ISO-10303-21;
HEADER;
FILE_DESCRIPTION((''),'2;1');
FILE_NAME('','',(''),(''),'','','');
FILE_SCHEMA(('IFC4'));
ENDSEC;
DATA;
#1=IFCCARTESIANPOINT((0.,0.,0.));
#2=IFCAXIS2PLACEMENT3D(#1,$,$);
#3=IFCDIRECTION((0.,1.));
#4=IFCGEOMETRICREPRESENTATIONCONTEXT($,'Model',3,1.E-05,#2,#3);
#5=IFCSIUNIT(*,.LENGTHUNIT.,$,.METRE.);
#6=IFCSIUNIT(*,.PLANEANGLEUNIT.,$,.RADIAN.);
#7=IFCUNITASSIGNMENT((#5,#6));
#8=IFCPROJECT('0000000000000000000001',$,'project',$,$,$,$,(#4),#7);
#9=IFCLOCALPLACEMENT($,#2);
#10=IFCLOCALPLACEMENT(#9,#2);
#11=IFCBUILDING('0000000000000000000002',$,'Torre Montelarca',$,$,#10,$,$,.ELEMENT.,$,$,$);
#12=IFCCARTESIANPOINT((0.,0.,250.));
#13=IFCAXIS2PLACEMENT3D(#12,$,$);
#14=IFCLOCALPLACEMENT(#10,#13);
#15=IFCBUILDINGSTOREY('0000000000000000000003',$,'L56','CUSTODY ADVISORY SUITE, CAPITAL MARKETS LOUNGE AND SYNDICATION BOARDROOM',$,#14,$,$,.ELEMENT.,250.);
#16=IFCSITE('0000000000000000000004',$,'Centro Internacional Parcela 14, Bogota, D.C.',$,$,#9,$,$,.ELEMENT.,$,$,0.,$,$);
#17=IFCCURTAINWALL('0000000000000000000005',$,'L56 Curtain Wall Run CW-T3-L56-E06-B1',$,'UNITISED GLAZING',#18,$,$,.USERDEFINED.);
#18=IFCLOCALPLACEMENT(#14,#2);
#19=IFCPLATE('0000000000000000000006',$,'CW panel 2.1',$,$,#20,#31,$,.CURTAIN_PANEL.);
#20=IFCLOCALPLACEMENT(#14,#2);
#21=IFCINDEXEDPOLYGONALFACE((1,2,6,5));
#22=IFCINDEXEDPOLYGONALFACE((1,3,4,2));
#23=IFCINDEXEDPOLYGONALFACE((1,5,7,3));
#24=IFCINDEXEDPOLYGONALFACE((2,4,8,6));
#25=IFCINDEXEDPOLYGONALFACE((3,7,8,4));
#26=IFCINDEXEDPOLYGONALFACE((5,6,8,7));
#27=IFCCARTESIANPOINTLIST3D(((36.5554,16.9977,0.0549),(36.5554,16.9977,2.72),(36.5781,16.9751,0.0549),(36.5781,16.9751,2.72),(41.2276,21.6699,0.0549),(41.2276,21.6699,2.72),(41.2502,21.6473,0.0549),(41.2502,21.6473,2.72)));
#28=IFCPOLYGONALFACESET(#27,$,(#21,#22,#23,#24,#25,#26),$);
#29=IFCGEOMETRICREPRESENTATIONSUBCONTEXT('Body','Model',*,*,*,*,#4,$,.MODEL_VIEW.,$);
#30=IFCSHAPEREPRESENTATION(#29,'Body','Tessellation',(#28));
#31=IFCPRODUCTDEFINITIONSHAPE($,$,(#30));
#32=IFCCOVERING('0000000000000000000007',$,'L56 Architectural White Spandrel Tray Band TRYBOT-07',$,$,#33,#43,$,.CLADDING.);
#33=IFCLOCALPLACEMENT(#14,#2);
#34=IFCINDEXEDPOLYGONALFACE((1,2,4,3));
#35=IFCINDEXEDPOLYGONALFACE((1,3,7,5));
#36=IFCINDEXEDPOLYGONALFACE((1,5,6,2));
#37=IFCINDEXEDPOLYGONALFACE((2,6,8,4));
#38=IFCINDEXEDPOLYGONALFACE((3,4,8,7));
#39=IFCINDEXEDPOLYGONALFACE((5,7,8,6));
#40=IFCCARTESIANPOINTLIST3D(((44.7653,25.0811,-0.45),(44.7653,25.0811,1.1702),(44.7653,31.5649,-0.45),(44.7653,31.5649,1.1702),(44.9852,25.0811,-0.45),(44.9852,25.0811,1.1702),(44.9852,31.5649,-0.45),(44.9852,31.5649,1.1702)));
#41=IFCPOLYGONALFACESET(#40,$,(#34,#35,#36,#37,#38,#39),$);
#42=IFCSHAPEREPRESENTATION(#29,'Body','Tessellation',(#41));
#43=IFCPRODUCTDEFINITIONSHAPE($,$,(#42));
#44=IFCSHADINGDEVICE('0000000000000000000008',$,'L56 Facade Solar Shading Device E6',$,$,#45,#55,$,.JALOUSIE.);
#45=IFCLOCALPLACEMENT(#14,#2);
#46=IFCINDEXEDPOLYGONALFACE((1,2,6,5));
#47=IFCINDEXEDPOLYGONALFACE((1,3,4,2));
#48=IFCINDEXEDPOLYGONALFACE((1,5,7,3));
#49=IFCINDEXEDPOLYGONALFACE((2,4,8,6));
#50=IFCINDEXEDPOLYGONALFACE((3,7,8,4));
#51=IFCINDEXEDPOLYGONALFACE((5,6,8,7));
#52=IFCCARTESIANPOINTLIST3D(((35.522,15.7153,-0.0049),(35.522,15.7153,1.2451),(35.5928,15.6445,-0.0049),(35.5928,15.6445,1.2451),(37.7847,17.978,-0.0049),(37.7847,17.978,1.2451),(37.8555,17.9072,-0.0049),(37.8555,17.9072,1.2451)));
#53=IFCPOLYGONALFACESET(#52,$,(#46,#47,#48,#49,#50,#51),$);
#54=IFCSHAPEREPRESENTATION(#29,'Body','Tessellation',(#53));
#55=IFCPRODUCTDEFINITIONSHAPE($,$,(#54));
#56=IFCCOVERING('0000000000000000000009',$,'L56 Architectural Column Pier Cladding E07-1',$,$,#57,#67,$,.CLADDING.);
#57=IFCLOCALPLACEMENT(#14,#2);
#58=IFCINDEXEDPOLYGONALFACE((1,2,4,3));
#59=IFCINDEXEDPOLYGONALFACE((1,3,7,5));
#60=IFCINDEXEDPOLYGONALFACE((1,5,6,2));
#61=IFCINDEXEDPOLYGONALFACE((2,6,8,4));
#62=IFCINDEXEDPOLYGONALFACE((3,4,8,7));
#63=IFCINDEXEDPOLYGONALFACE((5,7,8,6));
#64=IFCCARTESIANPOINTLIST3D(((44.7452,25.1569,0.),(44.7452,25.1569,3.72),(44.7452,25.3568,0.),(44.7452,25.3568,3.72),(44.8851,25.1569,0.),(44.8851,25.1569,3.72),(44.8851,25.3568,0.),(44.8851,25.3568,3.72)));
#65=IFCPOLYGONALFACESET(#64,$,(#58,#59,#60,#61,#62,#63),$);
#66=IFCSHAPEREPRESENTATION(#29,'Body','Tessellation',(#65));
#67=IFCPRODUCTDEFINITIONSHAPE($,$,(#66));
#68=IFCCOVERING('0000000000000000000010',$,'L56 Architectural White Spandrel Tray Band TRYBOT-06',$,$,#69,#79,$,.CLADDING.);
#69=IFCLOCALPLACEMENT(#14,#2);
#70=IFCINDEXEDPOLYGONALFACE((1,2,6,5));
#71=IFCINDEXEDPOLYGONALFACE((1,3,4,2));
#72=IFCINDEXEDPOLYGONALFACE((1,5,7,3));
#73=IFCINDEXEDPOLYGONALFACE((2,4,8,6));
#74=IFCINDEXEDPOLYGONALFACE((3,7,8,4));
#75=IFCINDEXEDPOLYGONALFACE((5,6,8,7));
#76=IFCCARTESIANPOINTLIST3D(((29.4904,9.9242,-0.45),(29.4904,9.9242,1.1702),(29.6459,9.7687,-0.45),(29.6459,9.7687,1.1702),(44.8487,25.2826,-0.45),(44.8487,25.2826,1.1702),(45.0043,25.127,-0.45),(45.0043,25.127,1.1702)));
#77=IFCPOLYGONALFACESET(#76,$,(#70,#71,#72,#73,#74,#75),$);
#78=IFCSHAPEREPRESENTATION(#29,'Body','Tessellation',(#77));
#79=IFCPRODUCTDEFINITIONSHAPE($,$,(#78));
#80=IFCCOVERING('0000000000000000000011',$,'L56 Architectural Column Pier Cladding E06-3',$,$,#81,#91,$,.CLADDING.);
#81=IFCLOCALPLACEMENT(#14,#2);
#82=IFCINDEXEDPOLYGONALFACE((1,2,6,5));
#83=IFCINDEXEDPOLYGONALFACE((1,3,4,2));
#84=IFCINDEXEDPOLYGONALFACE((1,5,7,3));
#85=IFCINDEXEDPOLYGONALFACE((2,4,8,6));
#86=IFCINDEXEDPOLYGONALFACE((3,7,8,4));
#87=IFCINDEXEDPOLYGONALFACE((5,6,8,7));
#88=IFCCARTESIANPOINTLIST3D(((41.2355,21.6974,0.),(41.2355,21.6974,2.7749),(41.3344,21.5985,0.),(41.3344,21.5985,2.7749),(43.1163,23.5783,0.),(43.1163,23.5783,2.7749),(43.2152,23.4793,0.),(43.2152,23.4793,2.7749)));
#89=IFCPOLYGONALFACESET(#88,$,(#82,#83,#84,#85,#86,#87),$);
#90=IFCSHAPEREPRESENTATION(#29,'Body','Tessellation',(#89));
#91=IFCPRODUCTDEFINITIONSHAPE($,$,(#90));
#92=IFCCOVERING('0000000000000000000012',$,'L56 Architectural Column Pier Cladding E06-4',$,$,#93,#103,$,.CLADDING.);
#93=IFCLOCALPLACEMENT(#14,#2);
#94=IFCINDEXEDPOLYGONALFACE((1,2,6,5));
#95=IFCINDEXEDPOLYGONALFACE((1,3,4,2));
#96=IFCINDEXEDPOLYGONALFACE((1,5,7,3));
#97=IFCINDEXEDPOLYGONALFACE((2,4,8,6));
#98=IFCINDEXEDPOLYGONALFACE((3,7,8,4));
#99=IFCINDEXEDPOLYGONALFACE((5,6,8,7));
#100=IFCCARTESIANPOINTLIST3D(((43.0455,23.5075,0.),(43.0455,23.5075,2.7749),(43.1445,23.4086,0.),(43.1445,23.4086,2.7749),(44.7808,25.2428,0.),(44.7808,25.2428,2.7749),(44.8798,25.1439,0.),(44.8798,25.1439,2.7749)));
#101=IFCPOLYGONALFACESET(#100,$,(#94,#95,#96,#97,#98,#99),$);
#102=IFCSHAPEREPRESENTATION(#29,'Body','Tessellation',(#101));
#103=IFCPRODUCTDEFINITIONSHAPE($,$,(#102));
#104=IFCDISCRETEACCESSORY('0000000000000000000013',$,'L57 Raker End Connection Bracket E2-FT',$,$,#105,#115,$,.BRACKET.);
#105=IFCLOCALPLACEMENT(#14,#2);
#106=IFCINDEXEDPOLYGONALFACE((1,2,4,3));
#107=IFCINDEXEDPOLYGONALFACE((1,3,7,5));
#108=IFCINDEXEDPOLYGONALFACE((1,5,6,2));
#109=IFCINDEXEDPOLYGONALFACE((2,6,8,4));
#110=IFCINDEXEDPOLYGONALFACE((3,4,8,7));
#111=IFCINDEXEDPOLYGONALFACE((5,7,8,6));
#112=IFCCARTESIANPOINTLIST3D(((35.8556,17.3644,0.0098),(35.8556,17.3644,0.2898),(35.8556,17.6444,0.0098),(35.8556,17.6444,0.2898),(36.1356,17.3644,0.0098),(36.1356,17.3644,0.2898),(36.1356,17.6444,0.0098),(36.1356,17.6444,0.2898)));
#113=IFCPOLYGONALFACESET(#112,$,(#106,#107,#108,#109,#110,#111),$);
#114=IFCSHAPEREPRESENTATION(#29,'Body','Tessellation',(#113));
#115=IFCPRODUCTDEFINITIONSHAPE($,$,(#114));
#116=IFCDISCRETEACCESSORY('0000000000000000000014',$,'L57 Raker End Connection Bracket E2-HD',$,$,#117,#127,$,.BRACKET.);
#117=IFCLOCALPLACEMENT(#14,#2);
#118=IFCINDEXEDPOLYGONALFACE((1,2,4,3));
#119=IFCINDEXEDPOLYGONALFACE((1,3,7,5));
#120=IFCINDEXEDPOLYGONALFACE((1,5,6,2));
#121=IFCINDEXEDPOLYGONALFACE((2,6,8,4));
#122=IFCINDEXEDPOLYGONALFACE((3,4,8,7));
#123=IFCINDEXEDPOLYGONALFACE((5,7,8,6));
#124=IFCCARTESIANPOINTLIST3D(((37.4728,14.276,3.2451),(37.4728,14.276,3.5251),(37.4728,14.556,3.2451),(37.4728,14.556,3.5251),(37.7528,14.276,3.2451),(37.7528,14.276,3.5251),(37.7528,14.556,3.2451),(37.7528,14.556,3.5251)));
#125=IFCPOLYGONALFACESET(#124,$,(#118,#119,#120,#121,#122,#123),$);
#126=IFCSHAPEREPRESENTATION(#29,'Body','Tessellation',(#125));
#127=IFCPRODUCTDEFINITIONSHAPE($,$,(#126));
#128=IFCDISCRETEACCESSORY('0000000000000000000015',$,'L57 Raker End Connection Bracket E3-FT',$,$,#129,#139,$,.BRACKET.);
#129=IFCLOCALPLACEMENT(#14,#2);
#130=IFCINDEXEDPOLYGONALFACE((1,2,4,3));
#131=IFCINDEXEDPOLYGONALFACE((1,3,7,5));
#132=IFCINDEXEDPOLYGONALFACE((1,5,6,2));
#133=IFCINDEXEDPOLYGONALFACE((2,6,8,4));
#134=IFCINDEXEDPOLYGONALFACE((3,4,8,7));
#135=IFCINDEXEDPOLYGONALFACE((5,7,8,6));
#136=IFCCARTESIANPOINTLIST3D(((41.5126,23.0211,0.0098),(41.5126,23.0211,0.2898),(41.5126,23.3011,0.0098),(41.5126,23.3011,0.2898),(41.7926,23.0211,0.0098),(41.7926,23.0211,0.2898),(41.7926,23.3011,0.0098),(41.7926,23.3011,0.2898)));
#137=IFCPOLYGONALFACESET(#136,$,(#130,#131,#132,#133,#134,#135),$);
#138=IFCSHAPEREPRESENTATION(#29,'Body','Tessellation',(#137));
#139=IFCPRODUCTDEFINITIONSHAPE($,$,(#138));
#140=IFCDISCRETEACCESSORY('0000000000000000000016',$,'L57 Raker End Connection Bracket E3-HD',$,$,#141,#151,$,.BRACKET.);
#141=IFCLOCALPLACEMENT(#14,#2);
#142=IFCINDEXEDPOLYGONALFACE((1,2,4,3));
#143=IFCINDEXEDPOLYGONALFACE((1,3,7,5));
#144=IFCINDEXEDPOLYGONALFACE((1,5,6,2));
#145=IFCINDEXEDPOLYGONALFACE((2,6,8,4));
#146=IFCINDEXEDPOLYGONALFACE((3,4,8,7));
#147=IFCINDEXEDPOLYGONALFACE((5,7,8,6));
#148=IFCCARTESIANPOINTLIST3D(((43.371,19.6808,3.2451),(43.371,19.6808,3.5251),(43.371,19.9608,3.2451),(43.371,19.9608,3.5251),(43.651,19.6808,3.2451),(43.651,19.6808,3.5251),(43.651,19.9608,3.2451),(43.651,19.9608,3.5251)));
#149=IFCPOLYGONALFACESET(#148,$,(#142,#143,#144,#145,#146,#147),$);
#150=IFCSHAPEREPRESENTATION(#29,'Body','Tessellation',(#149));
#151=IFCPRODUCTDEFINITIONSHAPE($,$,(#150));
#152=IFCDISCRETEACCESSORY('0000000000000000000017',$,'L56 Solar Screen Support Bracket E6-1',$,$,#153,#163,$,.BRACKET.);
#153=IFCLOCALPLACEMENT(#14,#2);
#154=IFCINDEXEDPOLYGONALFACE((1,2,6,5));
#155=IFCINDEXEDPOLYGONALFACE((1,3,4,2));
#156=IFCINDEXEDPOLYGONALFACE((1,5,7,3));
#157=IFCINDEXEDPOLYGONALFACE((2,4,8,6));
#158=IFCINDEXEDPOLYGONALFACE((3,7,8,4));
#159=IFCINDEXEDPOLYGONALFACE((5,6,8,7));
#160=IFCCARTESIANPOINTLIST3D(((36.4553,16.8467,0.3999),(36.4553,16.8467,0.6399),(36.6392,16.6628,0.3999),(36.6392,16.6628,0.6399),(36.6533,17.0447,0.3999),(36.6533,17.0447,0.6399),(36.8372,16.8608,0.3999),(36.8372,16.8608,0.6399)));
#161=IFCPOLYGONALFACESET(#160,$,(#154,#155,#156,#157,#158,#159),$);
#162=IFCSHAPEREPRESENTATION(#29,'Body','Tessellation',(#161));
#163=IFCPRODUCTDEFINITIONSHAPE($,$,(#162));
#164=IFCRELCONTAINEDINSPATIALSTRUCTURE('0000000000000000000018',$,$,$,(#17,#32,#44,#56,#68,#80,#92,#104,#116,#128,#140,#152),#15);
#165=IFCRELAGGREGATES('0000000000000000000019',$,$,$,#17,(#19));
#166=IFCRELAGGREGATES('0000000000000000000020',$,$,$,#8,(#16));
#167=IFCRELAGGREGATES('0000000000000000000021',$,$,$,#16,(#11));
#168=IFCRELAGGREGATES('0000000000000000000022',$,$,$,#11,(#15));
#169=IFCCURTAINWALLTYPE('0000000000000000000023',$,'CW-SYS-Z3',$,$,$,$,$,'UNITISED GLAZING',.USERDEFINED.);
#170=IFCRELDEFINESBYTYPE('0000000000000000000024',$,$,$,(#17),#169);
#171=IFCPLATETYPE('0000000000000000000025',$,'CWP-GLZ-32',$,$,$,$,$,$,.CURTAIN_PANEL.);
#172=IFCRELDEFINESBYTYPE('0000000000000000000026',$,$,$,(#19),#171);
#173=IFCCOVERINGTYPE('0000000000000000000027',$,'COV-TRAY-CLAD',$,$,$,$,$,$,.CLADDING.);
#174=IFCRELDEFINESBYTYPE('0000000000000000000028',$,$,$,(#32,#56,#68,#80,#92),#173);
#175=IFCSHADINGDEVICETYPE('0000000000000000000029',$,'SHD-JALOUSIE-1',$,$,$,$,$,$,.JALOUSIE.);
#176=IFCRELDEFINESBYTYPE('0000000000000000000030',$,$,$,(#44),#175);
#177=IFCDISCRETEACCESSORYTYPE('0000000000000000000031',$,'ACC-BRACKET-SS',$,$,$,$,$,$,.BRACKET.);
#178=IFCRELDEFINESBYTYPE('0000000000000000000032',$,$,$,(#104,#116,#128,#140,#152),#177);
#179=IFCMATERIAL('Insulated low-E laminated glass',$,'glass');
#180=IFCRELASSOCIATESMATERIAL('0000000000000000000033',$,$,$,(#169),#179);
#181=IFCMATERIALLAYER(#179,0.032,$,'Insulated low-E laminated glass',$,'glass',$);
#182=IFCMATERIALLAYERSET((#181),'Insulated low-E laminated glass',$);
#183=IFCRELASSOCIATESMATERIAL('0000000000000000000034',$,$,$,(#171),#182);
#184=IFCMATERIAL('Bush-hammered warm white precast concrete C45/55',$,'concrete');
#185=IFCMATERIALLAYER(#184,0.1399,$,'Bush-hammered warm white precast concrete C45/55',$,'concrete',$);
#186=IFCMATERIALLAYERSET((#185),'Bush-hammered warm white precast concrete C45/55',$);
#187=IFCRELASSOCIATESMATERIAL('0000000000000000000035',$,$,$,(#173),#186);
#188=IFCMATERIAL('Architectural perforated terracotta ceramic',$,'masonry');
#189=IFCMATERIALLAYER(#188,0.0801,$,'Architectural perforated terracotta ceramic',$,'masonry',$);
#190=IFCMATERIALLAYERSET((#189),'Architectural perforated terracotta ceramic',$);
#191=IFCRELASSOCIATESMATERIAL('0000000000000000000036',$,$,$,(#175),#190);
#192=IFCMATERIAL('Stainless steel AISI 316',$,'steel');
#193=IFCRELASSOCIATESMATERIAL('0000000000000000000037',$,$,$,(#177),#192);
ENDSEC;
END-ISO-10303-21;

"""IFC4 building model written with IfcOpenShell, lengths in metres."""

from ifc_helpers import new_model, si_unit, direction, frame, origin, origin_2d, place, context, subcontext, project, spatial, rectangle, extrude, source, transform, mapped, material, layer, layer_set, type_object, element, aggregate, save


model = new_model("IFC4")

# Units and contexts
model_context = context("Model", 3, precision=1e-05, world=origin(), true_north=direction((0.0, 1.0)))
body_context = subcontext(model_context, "Body", "Model", "MODEL_VIEW")
ifc_project = project(units=[si_unit("LENGTHUNIT", "METRE"), si_unit("PLANEANGLEUNIT", "RADIAN")], contexts=[model_context])

# Site, building, storey
site_placement = place(None, origin())
site = spatial("IfcSite", under=ifc_project, at=site_placement, Name="Centro Internacional Parcela 14, Bogota, D.C.", CompositionType="ELEMENT", RefElevation=0.0)
building_placement = place(site_placement, origin())
building = spatial("IfcBuilding", under=site, at=building_placement, Name="Torre Montelarca", CompositionType="ELEMENT")
storey_placement = place(building_placement, frame((0.0, 0.0, 250.0)))
storey = spatial("IfcBuildingStorey", under=building, at=storey_placement, Name="L56", Description="CUSTODY ADVISORY SUITE, CAPITAL MARKETS LOUNGE AND SYNDICATION BOARDROOM", CompositionType="ELEMENT", Elevation=250.0)

# Curtain wall
ifc_material_1 = material(Name="Insulated low-E laminated glass", Category="glass")
curtain_wall_type = type_object("IfcCurtainWallType", Name="CW-SYS-Z3", ElementType="UNITISED GLAZING", PredefinedType="USERDEFINED", material=ifc_material_1)
curtain_wall_1_placement = place(storey_placement, origin())
curtain_wall_1 = element("IfcCurtainWall", 1, at=curtain_wall_1_placement, inside=storey, type_object=curtain_wall_type, Name="L56 Curtain Wall Run CW-T3-L56-E06-B1", ObjectType="UNITISED GLAZING", PredefinedType="USERDEFINED")

# Plate
ifc_material_2 = material(Name="Architectural perforated terracotta ceramic", Category="masonry")
ifc_layer_1 = layer(ifc_material_1, 0.032, Name="Insulated low-E laminated glass", Category="glass")
ifc_layer_set_1 = layer_set([ifc_layer_1], Name="Insulated low-E laminated glass")
plate_type_1 = type_object("IfcPlateType", Name="CWP-GLZ-32", PredefinedType="CURTAIN_PANEL", material=ifc_layer_set_1)
shared_shape_1 = source(origin(), body_context, "Body", "SweptSolid", [
    extrude(rectangle(XDim=6.6074, YDim=0.032, at=origin_2d()), origin(), (0.0, 0.0, 1.0), 2.665),
])
plate_1_placement = place(storey_placement, frame((38.9028, 19.3225, 0.0549), z_axis=(0.0, 0.0, 1.0), x_axis=(0.707107, 0.707107, 0.0)))
plate_1 = element("IfcPlate", 2, at=plate_1_placement, type_object=plate_type_1, Name="CW panel 2.1", PredefinedType="CURTAIN_PANEL", context=body_context, shape_type="MappedRepresentation", body=[
    mapped(shared_shape_1, transform((0.0, 0.0, 0.0), scale=1.0)),
])
aggregate(curtain_wall_1, [plate_1])

# Covering
ifc_material_3 = material(Name="Bush-hammered warm white precast concrete C45/55", Category="concrete")
ifc_layer_2 = layer(ifc_material_3, 0.1399, Name="Bush-hammered warm white precast concrete C45/55", Category="concrete")
ifc_layer_set_2 = layer_set([ifc_layer_2], Name="Bush-hammered warm white precast concrete C45/55")
covering_type = type_object("IfcCoveringType", Name="COV-TRAY-CLAD", PredefinedType="CLADDING", material=ifc_layer_set_2)
shared_shape_2 = source(origin(), body_context, "Body", "SweptSolid", [
    extrude(rectangle(XDim=6.4839, YDim=0.22, at=origin_2d()), origin(), (0.0, 0.0, 1.0), 1.6201),
])
covering_1_placement = place(storey_placement, frame((44.8752, 28.323, -0.45), z_axis=(0.0, 0.0, 1.0), x_axis=(0.0, 1.0, 0.0)))
element("IfcCovering", 3, at=covering_1_placement, inside=storey, type_object=covering_type, Name="L56 Architectural White Spandrel Tray Band TRYBOT-07", PredefinedType="CLADDING", context=body_context, shape_type="MappedRepresentation", body=[
    mapped(shared_shape_2, transform((0.0, 0.0, 0.0), scale=1.0)),
])

# Shading device
ifc_layer_3 = layer(ifc_material_2, 0.0801, Name="Architectural perforated terracotta ceramic", Category="masonry")
ifc_layer_set_3 = layer_set([ifc_layer_3], Name="Architectural perforated terracotta ceramic")
shading_device_type = type_object("IfcShadingDeviceType", Name="SHD-JALOUSIE-1", PredefinedType="JALOUSIE", material=ifc_layer_set_3)
shared_shape_3 = source(origin(), body_context, "Body", "SweptSolid", [
    extrude(rectangle(XDim=3.2, YDim=0.1001, at=origin_2d()), origin(), (0.0, 0.0, 1.0), 1.25),
])
shading_device_placement = place(storey_placement, frame((36.6887, 16.8113, -0.0049), z_axis=(0.0, 0.0, 1.0), x_axis=(0.707107, 0.707107, 0.0)))
element("IfcShadingDevice", 4, at=shading_device_placement, inside=storey, type_object=shading_device_type, Name="L56 Facade Solar Shading Device E6", PredefinedType="JALOUSIE", context=body_context, shape_type="MappedRepresentation", body=[
    mapped(shared_shape_3, transform((0.0, 0.0, 0.0), scale=1.0)),
])

# Coverings
shared_shape_4 = source(origin(), body_context, "Body", "SweptSolid", [
    extrude(rectangle(XDim=0.2, YDim=0.1399, at=origin_2d()), origin(), (0.0, 0.0, 1.0), 3.72),
])
covering_2_placement = place(storey_placement, frame((44.8152, 25.2568, 0.0), z_axis=(0.0, 0.0, 1.0), x_axis=(0.0, 1.0, 0.0)))
element("IfcCovering", 5, at=covering_2_placement, inside=storey, type_object=covering_type, Name="L56 Architectural Column Pier Cladding E07-1", PredefinedType="CLADDING", context=body_context, shape_type="MappedRepresentation", body=[
    mapped(shared_shape_4, transform((0.0, 0.0, 0.0), scale=1.0)),
])
shared_shape_5 = source(origin(), body_context, "Body", "SweptSolid", [
    extrude(rectangle(XDim=21.72, YDim=0.22, at=origin_2d()), origin(), (0.0, 0.0, 1.0), 1.6201),
])
covering_3_placement = place(storey_placement, frame((37.2473, 17.5256, -0.45), z_axis=(0.0, 0.0, 1.0), x_axis=(0.707107, 0.707107, 0.0)))
element("IfcCovering", 6, at=covering_3_placement, inside=storey, type_object=covering_type, Name="L56 Architectural White Spandrel Tray Band TRYBOT-06", PredefinedType="CLADDING", context=body_context, shape_type="MappedRepresentation", body=[
    mapped(shared_shape_5, transform((0.0, 0.0, 0.0), scale=1.0)),
])
shared_shape_6 = source(origin(), body_context, "Body", "SweptSolid", [
    extrude(rectangle(XDim=2.6599, YDim=0.1399, at=origin_2d()), origin(), (0.0, 0.0, 1.0), 2.7749),
])
covering_4_placement = place(storey_placement, frame((42.2253, 22.5884, 0.0), z_axis=(0.0, 0.0, 1.0), x_axis=(0.707107, 0.707107, 0.0)))
element("IfcCovering", 7, at=covering_4_placement, inside=storey, type_object=covering_type, Name="L56 Architectural Column Pier Cladding E06-3", PredefinedType="CLADDING", context=body_context, shape_type="MappedRepresentation", body=[
    mapped(shared_shape_6, transform((0.0, 0.0, 0.0), scale=1.0)),
])
shared_shape_7 = source(origin(), body_context, "Body", "SweptSolid", [
    extrude(rectangle(XDim=2.4541, YDim=0.1399, at=origin_2d()), origin(), (0.0, 0.0, 1.0), 2.7749),
])
covering_5_placement = place(storey_placement, frame((43.9626, 24.3257, 0.0), z_axis=(0.0, 0.0, 1.0), x_axis=(0.707107, 0.707107, 0.0)))
element("IfcCovering", 8, at=covering_5_placement, inside=storey, type_object=covering_type, Name="L56 Architectural Column Pier Cladding E06-4", PredefinedType="CLADDING", context=body_context, shape_type="MappedRepresentation", body=[
    mapped(shared_shape_7, transform((0.0, 0.0, 0.0), scale=1.0)),
])

# Discrete accessories
ifc_material_4 = material(Name="Stainless steel AISI 316", Category="steel")
discrete_accessory_type = type_object("IfcDiscreteAccessoryType", Name="ACC-BRACKET-SS", PredefinedType="BRACKET", material=ifc_material_4)
shared_shape_8 = source(origin(), body_context, "Body", "SweptSolid", [
    extrude(rectangle(XDim=0.28, YDim=0.28, at=origin_2d()), origin(), (0.0, 0.0, 1.0), 0.28),
])
for number, where, z_axis, x_axis, name in (
    (9, (35.9956, 17.5044, 0.0098), (0.0, 0.0, 1.0), (1.0, 0.0, 0.0), "L57 Raker End Connection Bracket E2-FT"),
    (10, (37.6128, 14.416, 3.2451), (0.0, 0.0, 1.0), (1.0, 0.0, 0.0), "L57 Raker End Connection Bracket E2-HD"),
    (11, (41.6526, 23.1611, 0.0098), (0.0, 0.0, 1.0), (1.0, 0.0, 0.0), "L57 Raker End Connection Bracket E3-FT"),
    (12, (43.511, 19.8208, 3.2451), (0.0, 0.0, 1.0), (1.0, 0.0, 0.0), "L57 Raker End Connection Bracket E3-HD"),
):
    element("IfcDiscreteAccessory", number, at=place(storey_placement, frame(where, z_axis=z_axis, x_axis=x_axis)), inside=storey, type_object=discrete_accessory_type, Name=name, PredefinedType="BRACKET", context=body_context, shape_type="MappedRepresentation", body=[
        mapped(shared_shape_8, transform((0.0, 0.0, 0.0), scale=1.0)),
    ])
shared_shape_9 = source(origin(), body_context, "Body", "SweptSolid", [
    extrude(rectangle(XDim=0.28, YDim=0.26, at=origin_2d()), origin(), (0.0, 0.0, 1.0), 0.24),
])
discrete_accessory_placement = place(storey_placement, frame((36.6462, 16.8538, 0.3999), z_axis=(0.0, 0.0, 1.0), x_axis=(0.707107, 0.707107, 0.0)))
element("IfcDiscreteAccessory", 13, at=discrete_accessory_placement, inside=storey, type_object=discrete_accessory_type, Name="L56 Solar Screen Support Bracket E6-1", PredefinedType="BRACKET", context=body_context, shape_type="MappedRepresentation", body=[
    mapped(shared_shape_9, transform((0.0, 0.0, 0.0), scale=1.0)),
])

save(model, "model.ifc")
